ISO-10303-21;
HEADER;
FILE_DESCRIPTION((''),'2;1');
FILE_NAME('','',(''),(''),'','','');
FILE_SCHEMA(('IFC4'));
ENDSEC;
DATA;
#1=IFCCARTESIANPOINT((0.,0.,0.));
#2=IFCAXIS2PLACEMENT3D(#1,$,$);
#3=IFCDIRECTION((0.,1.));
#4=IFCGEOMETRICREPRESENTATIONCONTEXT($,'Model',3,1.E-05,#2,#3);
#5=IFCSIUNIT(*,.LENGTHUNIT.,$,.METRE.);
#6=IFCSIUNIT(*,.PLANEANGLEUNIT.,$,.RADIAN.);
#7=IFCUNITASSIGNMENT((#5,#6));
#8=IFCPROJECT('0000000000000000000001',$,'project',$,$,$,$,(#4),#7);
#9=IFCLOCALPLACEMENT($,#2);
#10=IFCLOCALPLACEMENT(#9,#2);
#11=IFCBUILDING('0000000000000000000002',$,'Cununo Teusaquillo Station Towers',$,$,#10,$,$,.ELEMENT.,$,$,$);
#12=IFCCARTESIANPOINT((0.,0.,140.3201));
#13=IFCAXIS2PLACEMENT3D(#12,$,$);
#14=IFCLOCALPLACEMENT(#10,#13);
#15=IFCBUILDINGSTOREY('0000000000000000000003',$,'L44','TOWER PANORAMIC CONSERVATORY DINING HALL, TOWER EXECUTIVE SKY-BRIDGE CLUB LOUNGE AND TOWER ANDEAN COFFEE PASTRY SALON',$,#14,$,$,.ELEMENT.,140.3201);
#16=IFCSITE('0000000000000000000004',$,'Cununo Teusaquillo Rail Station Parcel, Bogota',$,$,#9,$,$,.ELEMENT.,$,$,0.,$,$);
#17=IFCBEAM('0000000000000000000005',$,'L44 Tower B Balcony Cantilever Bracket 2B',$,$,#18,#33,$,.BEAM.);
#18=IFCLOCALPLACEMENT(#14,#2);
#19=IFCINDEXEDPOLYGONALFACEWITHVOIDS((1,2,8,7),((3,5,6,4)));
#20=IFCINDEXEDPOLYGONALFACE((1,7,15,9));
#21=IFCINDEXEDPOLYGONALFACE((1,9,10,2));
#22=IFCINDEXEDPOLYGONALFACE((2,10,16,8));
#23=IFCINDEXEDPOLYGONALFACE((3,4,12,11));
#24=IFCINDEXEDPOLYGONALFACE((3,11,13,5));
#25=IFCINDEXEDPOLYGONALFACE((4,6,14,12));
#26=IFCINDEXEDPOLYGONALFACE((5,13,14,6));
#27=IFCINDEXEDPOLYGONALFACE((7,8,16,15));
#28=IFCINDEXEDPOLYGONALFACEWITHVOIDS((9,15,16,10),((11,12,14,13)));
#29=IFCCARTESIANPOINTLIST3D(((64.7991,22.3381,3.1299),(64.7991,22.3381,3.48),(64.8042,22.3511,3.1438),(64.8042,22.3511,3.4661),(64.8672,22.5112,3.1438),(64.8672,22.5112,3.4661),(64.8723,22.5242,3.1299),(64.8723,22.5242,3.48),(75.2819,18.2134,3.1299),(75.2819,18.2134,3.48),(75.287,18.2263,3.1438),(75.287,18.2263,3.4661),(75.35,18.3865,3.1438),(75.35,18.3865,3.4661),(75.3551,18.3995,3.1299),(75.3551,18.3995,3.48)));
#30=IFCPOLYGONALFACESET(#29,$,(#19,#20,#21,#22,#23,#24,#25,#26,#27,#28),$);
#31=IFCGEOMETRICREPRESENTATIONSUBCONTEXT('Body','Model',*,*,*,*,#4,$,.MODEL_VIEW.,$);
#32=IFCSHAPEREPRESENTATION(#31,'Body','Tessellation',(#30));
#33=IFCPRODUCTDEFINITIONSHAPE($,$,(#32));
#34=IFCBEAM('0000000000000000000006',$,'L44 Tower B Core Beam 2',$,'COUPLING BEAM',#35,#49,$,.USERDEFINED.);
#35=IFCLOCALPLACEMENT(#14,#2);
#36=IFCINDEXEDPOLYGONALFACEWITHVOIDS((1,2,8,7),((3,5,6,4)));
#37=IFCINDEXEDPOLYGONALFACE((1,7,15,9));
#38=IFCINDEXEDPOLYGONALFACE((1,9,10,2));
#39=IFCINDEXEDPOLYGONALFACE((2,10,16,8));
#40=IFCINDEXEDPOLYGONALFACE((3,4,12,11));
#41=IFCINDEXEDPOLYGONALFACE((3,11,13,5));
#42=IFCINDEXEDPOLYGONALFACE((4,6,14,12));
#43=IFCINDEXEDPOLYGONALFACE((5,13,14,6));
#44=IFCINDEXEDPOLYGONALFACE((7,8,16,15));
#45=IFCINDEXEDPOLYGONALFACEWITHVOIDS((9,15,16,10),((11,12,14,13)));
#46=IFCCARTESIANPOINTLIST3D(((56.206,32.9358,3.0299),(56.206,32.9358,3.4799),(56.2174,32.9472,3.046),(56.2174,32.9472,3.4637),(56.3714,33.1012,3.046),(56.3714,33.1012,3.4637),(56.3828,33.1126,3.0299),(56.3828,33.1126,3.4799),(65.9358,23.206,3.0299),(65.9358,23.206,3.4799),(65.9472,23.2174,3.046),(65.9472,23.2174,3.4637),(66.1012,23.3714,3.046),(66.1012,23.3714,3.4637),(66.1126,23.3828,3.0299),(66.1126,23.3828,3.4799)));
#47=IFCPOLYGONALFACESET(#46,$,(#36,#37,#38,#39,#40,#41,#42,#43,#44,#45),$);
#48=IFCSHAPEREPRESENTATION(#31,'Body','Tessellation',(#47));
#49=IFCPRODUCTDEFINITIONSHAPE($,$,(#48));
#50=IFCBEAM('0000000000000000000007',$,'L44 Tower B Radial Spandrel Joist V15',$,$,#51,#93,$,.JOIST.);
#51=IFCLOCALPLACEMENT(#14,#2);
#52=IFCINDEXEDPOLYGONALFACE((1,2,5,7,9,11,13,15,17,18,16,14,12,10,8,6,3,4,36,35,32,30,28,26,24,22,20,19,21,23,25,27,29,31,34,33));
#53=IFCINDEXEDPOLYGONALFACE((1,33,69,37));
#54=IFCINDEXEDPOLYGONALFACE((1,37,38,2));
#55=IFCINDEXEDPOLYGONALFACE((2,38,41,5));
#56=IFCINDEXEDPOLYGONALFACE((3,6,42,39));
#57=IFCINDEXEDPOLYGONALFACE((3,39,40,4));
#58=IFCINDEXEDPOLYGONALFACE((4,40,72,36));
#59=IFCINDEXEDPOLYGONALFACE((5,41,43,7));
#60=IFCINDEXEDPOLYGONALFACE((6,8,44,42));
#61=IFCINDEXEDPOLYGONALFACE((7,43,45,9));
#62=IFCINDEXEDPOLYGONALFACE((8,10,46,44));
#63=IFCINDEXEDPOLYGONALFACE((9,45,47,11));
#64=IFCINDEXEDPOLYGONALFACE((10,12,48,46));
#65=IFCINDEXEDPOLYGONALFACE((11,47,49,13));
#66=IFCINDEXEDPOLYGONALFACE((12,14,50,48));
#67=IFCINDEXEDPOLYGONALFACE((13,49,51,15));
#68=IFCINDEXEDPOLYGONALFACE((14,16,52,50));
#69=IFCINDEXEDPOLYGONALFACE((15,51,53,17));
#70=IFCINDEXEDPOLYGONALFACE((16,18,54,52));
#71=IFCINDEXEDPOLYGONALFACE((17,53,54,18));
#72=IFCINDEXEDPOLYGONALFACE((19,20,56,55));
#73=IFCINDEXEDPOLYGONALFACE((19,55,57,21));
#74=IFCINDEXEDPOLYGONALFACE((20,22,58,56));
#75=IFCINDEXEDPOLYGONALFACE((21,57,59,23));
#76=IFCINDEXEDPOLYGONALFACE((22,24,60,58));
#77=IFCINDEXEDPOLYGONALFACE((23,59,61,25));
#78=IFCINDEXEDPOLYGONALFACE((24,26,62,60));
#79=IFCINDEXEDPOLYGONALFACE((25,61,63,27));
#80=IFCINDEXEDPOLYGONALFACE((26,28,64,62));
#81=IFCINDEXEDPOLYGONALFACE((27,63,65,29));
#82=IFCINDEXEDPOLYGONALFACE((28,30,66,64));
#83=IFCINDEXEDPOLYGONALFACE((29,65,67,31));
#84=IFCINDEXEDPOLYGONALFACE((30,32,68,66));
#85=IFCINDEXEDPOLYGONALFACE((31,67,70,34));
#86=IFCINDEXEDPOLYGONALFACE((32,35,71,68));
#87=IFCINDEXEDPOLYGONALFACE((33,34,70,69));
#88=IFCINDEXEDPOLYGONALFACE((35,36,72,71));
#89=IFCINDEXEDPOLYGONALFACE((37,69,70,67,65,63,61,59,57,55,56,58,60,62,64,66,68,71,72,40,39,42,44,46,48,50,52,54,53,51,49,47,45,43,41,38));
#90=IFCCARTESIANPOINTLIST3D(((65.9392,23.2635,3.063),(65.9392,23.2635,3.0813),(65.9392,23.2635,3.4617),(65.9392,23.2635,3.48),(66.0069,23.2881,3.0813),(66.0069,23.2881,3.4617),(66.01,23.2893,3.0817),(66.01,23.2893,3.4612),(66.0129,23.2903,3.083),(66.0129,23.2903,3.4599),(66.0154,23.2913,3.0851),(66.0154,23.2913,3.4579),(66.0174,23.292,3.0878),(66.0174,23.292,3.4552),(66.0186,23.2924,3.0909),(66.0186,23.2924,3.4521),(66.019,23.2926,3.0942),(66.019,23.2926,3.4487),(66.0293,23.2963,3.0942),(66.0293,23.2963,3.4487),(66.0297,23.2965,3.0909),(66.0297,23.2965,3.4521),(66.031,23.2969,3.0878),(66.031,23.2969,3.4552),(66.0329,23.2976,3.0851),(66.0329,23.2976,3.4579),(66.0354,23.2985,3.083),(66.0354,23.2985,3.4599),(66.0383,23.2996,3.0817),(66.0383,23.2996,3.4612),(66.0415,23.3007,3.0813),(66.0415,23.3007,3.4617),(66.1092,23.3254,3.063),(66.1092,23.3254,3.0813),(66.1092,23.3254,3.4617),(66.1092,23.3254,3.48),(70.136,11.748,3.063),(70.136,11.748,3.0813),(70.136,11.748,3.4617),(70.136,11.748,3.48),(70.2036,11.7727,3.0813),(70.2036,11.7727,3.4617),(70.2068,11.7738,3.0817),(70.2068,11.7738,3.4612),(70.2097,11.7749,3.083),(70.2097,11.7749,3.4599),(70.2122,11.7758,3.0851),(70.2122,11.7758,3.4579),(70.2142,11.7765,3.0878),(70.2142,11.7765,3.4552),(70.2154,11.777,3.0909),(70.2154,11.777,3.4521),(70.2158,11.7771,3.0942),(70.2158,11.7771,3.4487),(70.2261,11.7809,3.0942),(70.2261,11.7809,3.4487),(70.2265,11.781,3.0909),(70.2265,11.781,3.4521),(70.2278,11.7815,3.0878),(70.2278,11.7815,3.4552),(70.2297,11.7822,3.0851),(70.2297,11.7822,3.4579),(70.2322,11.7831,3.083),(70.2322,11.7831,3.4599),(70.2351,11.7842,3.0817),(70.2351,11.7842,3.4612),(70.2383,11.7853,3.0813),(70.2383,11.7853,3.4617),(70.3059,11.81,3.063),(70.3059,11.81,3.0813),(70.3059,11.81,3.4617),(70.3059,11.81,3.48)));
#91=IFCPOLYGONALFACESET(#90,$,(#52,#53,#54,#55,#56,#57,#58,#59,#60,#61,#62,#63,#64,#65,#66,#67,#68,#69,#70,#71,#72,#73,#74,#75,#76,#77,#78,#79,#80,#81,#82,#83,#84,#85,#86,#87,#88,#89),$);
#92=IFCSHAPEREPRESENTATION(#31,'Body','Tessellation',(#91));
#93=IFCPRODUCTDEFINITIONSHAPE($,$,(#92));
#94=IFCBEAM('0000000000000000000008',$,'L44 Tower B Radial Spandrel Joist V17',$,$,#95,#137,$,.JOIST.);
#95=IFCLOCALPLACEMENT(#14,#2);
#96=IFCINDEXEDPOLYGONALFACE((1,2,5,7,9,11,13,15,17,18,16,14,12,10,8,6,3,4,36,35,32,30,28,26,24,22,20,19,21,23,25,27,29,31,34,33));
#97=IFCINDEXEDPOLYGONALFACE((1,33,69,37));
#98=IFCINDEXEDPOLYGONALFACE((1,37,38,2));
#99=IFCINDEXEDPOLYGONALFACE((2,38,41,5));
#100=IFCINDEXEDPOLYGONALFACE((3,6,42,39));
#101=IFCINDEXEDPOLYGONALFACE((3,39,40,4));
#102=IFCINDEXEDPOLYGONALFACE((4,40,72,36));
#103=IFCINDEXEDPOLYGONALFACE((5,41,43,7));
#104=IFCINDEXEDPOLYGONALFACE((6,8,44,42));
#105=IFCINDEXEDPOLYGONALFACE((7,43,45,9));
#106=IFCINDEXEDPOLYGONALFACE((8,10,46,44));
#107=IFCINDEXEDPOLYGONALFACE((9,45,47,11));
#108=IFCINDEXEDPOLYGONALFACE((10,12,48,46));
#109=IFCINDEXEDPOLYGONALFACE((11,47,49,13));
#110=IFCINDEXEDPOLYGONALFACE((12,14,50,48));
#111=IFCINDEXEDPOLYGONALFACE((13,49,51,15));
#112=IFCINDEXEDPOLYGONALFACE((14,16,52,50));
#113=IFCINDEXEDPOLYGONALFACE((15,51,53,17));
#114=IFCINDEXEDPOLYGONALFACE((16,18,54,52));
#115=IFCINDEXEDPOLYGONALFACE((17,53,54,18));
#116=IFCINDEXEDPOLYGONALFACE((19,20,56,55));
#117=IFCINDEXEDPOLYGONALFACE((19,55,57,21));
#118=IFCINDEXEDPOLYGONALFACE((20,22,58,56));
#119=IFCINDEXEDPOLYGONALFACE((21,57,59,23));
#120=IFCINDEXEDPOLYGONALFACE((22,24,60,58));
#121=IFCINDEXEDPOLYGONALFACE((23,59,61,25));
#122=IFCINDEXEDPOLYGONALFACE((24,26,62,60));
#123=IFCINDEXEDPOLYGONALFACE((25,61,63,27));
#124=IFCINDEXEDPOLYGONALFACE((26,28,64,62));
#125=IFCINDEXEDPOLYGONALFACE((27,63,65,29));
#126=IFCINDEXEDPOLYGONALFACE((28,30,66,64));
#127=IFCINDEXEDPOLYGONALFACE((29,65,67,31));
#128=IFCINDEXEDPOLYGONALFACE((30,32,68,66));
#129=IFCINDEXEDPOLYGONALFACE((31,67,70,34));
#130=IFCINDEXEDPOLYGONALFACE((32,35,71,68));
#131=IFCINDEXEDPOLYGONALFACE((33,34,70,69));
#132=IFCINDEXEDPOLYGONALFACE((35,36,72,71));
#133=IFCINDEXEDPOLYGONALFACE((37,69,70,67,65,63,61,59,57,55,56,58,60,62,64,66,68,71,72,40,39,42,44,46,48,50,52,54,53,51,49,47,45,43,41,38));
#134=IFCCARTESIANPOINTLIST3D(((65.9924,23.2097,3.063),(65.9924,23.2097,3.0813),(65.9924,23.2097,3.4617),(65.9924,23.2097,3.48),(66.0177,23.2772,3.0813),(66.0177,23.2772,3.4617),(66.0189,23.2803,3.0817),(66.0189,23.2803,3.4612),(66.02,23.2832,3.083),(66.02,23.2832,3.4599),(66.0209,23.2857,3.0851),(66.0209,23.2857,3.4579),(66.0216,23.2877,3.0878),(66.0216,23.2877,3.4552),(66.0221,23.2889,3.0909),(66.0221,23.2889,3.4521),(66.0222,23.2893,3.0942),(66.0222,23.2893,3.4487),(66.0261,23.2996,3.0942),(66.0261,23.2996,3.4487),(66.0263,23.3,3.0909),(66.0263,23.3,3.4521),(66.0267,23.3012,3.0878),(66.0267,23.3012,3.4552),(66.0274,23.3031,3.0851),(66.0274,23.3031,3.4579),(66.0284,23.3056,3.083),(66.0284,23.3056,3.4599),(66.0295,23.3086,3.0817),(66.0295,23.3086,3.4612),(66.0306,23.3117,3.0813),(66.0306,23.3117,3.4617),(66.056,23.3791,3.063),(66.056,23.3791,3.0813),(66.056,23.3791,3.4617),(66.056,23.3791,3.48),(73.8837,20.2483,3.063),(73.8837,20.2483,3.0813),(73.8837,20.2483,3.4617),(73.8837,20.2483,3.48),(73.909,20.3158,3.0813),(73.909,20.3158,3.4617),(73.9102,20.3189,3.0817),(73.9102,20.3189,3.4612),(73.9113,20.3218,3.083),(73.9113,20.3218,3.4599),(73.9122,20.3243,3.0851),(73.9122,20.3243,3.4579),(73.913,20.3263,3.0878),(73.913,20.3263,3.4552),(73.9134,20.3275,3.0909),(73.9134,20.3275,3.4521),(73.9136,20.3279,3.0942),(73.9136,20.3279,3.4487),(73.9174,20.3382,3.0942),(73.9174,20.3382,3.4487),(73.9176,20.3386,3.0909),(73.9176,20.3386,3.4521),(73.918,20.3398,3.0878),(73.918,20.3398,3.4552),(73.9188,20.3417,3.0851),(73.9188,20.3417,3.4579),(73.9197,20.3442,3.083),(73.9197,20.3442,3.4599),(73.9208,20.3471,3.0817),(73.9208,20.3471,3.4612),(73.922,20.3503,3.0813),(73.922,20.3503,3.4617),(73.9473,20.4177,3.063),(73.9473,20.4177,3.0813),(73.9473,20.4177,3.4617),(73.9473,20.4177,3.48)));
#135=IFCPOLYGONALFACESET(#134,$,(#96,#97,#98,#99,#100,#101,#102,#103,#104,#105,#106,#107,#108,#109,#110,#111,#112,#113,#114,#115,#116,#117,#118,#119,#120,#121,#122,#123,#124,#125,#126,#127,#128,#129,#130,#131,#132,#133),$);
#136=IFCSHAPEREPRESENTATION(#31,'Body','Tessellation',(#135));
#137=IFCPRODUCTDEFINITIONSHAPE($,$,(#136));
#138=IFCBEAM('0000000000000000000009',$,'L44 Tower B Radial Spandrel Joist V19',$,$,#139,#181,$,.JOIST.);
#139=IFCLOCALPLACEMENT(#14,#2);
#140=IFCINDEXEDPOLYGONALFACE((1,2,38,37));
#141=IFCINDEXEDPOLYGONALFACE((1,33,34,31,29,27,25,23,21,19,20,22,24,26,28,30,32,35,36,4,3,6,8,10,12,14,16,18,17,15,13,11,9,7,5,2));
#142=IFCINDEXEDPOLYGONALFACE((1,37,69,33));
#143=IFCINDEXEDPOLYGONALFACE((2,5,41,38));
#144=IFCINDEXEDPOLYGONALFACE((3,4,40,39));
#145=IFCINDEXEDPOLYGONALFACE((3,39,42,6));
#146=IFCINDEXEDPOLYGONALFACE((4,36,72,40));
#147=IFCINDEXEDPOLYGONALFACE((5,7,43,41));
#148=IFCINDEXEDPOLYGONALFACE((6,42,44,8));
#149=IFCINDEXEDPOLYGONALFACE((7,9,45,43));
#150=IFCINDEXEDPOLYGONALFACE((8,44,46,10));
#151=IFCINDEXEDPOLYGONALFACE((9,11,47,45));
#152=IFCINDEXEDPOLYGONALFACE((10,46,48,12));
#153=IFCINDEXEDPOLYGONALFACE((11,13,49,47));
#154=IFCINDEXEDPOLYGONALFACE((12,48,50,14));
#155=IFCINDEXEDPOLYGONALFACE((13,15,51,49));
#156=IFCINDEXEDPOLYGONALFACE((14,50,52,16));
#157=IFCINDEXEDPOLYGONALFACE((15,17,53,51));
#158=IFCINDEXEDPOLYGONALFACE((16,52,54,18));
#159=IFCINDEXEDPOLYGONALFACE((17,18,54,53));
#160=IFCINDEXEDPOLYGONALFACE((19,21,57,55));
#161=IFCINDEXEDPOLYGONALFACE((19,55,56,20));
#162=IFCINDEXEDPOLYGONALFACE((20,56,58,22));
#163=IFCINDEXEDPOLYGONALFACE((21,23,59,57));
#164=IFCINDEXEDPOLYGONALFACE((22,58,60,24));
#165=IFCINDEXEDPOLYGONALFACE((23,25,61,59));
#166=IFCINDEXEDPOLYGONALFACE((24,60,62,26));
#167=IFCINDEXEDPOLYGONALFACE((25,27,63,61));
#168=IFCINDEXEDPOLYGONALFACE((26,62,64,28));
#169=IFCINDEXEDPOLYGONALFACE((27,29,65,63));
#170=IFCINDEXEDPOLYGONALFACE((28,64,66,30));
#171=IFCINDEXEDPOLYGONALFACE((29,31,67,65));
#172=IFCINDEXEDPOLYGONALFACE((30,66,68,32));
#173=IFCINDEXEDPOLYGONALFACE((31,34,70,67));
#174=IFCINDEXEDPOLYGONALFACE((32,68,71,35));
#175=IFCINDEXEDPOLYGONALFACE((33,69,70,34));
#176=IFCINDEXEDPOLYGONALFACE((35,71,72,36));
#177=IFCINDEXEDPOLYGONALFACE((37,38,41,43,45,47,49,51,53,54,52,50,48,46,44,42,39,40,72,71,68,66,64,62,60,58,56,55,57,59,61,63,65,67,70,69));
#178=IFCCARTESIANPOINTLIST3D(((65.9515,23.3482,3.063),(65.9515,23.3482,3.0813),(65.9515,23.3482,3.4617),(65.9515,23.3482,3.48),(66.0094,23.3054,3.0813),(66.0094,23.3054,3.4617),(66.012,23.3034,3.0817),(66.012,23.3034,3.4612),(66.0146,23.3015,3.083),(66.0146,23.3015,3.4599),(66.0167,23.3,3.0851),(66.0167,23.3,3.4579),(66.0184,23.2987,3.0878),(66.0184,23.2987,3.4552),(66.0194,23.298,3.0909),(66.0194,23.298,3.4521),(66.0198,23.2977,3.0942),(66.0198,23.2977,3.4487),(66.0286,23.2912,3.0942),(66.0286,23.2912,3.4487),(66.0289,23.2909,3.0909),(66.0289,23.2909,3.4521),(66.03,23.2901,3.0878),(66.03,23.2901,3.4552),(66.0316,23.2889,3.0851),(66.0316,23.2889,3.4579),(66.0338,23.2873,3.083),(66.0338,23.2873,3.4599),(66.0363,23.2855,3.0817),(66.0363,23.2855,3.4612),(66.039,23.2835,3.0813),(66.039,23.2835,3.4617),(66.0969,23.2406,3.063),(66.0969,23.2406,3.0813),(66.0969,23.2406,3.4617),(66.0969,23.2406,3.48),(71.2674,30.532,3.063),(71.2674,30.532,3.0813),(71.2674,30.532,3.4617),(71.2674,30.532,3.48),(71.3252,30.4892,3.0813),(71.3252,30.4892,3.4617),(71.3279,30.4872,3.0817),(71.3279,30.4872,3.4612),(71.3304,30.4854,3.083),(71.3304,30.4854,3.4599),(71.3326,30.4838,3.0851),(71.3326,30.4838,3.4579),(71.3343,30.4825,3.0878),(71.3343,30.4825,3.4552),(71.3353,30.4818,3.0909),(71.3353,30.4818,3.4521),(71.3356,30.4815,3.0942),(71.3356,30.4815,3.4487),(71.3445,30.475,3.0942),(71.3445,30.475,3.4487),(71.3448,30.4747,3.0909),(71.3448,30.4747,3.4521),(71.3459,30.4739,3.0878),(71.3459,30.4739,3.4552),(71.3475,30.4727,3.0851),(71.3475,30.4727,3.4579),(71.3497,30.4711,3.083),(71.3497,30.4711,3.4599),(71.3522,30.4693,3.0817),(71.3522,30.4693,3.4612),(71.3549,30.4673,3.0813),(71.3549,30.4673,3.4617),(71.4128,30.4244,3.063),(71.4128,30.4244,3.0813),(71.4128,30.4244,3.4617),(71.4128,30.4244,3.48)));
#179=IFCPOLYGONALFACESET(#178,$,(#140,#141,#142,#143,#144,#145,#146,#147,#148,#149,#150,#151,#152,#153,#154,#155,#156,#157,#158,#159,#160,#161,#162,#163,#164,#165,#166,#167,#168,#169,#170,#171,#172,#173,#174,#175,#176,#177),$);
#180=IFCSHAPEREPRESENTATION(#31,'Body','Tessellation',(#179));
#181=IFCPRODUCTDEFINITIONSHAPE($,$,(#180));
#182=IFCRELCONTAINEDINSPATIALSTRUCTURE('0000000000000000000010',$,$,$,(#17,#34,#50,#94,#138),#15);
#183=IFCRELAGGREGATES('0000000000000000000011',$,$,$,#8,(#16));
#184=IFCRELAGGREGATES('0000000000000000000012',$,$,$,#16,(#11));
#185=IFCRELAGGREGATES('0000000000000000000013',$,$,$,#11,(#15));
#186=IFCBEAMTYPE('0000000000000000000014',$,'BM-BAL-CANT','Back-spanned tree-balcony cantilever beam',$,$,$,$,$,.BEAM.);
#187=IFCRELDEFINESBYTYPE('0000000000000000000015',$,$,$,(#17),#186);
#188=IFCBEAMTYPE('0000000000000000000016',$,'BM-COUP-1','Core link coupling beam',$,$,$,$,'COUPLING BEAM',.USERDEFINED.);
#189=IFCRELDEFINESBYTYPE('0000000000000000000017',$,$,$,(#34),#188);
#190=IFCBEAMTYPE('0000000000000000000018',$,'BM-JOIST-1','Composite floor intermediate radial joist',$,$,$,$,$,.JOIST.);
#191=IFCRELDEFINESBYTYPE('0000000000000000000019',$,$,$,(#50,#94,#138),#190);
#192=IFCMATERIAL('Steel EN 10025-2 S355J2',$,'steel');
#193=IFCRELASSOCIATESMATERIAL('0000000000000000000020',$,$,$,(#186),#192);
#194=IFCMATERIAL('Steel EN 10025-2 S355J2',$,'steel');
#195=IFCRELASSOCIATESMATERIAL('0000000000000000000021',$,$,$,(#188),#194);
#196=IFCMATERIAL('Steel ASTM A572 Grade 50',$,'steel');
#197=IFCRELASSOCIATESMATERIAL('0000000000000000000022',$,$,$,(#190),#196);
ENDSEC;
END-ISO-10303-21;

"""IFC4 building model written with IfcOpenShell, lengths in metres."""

from ifc_helpers import new_model, si_unit, direction, frame, origin, origin_2d, place, context, subcontext, project, spatial, hollow_rectangle, i_section, extrude, material, material_profile, profile_set, type_object, element, save


model = new_model("IFC4")

# Units and contexts
model_context = context("Model", 3, precision=1e-05, world=origin(), true_north=direction((0.0, 1.0)))
body_context = subcontext(model_context, "Body", "Model", "MODEL_VIEW")
ifc_project = project(units=[si_unit("LENGTHUNIT", "METRE"), si_unit("PLANEANGLEUNIT", "RADIAN")], contexts=[model_context])

# Site, building, storey
site_placement = place(None, origin())
site = spatial("IfcSite", under=ifc_project, at=site_placement, Name="Cununo Teusaquillo Rail Station Parcel, Bogota", CompositionType="ELEMENT", RefElevation=0.0)
building_placement = place(site_placement, origin())
building = spatial("IfcBuilding", under=site, at=building_placement, Name="Cununo Teusaquillo Station Towers", CompositionType="ELEMENT")
storey_placement = place(building_placement, frame((0.0, 0.0, 140.3201)))
storey = spatial("IfcBuildingStorey", under=building, at=storey_placement, Name="L44", Description="TOWER PANORAMIC CONSERVATORY DINING HALL, TOWER EXECUTIVE SKY-BRIDGE CLUB LOUNGE AND TOWER ANDEAN COFFEE PASTRY SALON", CompositionType="ELEMENT", Elevation=140.3201)

# Beams
ifc_material_1 = material(Name="Steel EN 10025-2 S355J2", Category="steel")
ifc_material_profile_1 = material_profile(ifc_material_1, hollow_rectangle(XDim=0.2, YDim=0.3501, WallThickness=0.0139, at=origin_2d()), Name="RHS 350x200x14")
ifc_profile_set_1 = profile_set([ifc_material_profile_1], Name="Steel EN 10025-2 S355J2")
beam_type_1 = type_object("IfcBeamType", Name="BM-BAL-CANT", Description="Back-spanned tree-balcony cantilever beam", PredefinedType="BEAM", material=ifc_profile_set_1)
beam_1_placement = place(storey_placement, frame((64.8357, 22.4312, 3.3049), z_axis=(0.930556, -0.36615, 0.0), x_axis=(0.36615, 0.930556, 0.0)))
element("IfcBeam", 1, at=beam_1_placement, inside=storey, type_object=beam_type_1, Name="L44 Tower B Balcony Cantilever Bracket 2B", PredefinedType="BEAM", context=body_context, shape_type="SweptSolid", body=[
    extrude(hollow_rectangle(XDim=0.2, YDim=0.3501, WallThickness=0.0139, at=origin_2d()), origin(), (0.0, 0.0, 1.0), 11.2651),
])
ifc_material_2 = material(Name="Steel EN 10025-2 S355J2", Category="steel")
ifc_material_profile_2 = material_profile(ifc_material_2, hollow_rectangle(XDim=0.25, YDim=0.45, WallThickness=0.0161, at=origin_2d()), Name="RHS 450x250x16")
ifc_profile_set_2 = profile_set([ifc_material_profile_2], Name="Steel EN 10025-2 S355J2")
beam_type_2 = type_object("IfcBeamType", Name="BM-COUP-1", Description="Core link coupling beam", ElementType="COUPLING BEAM", PredefinedType="USERDEFINED", material=ifc_profile_set_2)
beam_2_placement = place(storey_placement, frame((66.0242, 23.2944, 3.2549), z_axis=(-0.707107, 0.707107, 0.0), x_axis=(-0.707107, -0.707107, 0.0)))
element("IfcBeam", 2, at=beam_2_placement, inside=storey, type_object=beam_type_2, Name="L44 Tower B Core Beam 2", ObjectType="COUPLING BEAM", PredefinedType="USERDEFINED", context=body_context, shape_type="SweptSolid", body=[
    extrude(hollow_rectangle(XDim=0.25, YDim=0.45, WallThickness=0.0161, at=origin_2d()), origin(), (0.0, 0.0, 1.0), 13.76),
])
ifc_material_3 = material(Name="Steel ASTM A572 Grade 50", Category="steel")
ifc_material_profile_3 = material_profile(ifc_material_3, i_section(OverallWidth=0.1809, OverallDepth=0.417, WebThickness=0.011, FlangeThickness=0.0183, FilletRadius=0.0129, at=origin_2d()), Name="W16X57")
ifc_profile_set_3 = profile_set([ifc_material_profile_3], Name="Steel ASTM A572 Grade 50")
beam_type_3 = type_object("IfcBeamType", Name="BM-JOIST-1", Description="Composite floor intermediate radial joist", PredefinedType="JOIST", material=ifc_profile_set_3)
beam_3_placement = place(storey_placement, frame((66.0242, 23.2944, 3.2715), z_axis=(0.342418, -0.939548, 0.0), x_axis=(0.939548, 0.342418, 0.0)))
element("IfcBeam", 3, at=beam_3_placement, inside=storey, type_object=beam_type_3, Name="L44 Tower B Radial Spandrel Joist V15", PredefinedType="JOIST", context=body_context, shape_type="SweptSolid", body=[
    extrude(i_section(OverallWidth=0.1809, OverallDepth=0.417, WebThickness=0.011, FlangeThickness=0.0183, FilletRadius=0.0129, at=origin_2d()), origin(), (0.0, 0.0, 1.0), 12.2563),
])
beam_4_placement = place(storey_placement, frame((66.0242, 23.2944, 3.2715), z_axis=(0.936245, -0.351349, 0.0), x_axis=(0.351349, 0.936245, 0.0)))
element("IfcBeam", 4, at=beam_4_placement, inside=storey, type_object=beam_type_3, Name="L44 Tower B Radial Spandrel Joist V17", PredefinedType="JOIST", context=body_context, shape_type="SweptSolid", body=[
    extrude(i_section(OverallWidth=0.1809, OverallDepth=0.417, WebThickness=0.011, FlangeThickness=0.0183, FilletRadius=0.0129, at=origin_2d()), origin(), (0.0, 0.0, 1.0), 8.4287),
])
beam_5_placement = place(storey_placement, frame((66.0242, 23.2944, 3.2715), z_axis=(0.594834, 0.803848, 0.0), x_axis=(-0.803848, 0.594834, 0.0)))
element("IfcBeam", 5, at=beam_5_placement, inside=storey, type_object=beam_type_3, Name="L44 Tower B Radial Spandrel Joist V19", PredefinedType="JOIST", context=body_context, shape_type="SweptSolid", body=[
    extrude(i_section(OverallWidth=0.1809, OverallDepth=0.417, WebThickness=0.011, FlangeThickness=0.0183, FilletRadius=0.0129, at=origin_2d()), origin(), (0.0, 0.0, 1.0), 8.9368),
])

save(model, "model.ifc")
